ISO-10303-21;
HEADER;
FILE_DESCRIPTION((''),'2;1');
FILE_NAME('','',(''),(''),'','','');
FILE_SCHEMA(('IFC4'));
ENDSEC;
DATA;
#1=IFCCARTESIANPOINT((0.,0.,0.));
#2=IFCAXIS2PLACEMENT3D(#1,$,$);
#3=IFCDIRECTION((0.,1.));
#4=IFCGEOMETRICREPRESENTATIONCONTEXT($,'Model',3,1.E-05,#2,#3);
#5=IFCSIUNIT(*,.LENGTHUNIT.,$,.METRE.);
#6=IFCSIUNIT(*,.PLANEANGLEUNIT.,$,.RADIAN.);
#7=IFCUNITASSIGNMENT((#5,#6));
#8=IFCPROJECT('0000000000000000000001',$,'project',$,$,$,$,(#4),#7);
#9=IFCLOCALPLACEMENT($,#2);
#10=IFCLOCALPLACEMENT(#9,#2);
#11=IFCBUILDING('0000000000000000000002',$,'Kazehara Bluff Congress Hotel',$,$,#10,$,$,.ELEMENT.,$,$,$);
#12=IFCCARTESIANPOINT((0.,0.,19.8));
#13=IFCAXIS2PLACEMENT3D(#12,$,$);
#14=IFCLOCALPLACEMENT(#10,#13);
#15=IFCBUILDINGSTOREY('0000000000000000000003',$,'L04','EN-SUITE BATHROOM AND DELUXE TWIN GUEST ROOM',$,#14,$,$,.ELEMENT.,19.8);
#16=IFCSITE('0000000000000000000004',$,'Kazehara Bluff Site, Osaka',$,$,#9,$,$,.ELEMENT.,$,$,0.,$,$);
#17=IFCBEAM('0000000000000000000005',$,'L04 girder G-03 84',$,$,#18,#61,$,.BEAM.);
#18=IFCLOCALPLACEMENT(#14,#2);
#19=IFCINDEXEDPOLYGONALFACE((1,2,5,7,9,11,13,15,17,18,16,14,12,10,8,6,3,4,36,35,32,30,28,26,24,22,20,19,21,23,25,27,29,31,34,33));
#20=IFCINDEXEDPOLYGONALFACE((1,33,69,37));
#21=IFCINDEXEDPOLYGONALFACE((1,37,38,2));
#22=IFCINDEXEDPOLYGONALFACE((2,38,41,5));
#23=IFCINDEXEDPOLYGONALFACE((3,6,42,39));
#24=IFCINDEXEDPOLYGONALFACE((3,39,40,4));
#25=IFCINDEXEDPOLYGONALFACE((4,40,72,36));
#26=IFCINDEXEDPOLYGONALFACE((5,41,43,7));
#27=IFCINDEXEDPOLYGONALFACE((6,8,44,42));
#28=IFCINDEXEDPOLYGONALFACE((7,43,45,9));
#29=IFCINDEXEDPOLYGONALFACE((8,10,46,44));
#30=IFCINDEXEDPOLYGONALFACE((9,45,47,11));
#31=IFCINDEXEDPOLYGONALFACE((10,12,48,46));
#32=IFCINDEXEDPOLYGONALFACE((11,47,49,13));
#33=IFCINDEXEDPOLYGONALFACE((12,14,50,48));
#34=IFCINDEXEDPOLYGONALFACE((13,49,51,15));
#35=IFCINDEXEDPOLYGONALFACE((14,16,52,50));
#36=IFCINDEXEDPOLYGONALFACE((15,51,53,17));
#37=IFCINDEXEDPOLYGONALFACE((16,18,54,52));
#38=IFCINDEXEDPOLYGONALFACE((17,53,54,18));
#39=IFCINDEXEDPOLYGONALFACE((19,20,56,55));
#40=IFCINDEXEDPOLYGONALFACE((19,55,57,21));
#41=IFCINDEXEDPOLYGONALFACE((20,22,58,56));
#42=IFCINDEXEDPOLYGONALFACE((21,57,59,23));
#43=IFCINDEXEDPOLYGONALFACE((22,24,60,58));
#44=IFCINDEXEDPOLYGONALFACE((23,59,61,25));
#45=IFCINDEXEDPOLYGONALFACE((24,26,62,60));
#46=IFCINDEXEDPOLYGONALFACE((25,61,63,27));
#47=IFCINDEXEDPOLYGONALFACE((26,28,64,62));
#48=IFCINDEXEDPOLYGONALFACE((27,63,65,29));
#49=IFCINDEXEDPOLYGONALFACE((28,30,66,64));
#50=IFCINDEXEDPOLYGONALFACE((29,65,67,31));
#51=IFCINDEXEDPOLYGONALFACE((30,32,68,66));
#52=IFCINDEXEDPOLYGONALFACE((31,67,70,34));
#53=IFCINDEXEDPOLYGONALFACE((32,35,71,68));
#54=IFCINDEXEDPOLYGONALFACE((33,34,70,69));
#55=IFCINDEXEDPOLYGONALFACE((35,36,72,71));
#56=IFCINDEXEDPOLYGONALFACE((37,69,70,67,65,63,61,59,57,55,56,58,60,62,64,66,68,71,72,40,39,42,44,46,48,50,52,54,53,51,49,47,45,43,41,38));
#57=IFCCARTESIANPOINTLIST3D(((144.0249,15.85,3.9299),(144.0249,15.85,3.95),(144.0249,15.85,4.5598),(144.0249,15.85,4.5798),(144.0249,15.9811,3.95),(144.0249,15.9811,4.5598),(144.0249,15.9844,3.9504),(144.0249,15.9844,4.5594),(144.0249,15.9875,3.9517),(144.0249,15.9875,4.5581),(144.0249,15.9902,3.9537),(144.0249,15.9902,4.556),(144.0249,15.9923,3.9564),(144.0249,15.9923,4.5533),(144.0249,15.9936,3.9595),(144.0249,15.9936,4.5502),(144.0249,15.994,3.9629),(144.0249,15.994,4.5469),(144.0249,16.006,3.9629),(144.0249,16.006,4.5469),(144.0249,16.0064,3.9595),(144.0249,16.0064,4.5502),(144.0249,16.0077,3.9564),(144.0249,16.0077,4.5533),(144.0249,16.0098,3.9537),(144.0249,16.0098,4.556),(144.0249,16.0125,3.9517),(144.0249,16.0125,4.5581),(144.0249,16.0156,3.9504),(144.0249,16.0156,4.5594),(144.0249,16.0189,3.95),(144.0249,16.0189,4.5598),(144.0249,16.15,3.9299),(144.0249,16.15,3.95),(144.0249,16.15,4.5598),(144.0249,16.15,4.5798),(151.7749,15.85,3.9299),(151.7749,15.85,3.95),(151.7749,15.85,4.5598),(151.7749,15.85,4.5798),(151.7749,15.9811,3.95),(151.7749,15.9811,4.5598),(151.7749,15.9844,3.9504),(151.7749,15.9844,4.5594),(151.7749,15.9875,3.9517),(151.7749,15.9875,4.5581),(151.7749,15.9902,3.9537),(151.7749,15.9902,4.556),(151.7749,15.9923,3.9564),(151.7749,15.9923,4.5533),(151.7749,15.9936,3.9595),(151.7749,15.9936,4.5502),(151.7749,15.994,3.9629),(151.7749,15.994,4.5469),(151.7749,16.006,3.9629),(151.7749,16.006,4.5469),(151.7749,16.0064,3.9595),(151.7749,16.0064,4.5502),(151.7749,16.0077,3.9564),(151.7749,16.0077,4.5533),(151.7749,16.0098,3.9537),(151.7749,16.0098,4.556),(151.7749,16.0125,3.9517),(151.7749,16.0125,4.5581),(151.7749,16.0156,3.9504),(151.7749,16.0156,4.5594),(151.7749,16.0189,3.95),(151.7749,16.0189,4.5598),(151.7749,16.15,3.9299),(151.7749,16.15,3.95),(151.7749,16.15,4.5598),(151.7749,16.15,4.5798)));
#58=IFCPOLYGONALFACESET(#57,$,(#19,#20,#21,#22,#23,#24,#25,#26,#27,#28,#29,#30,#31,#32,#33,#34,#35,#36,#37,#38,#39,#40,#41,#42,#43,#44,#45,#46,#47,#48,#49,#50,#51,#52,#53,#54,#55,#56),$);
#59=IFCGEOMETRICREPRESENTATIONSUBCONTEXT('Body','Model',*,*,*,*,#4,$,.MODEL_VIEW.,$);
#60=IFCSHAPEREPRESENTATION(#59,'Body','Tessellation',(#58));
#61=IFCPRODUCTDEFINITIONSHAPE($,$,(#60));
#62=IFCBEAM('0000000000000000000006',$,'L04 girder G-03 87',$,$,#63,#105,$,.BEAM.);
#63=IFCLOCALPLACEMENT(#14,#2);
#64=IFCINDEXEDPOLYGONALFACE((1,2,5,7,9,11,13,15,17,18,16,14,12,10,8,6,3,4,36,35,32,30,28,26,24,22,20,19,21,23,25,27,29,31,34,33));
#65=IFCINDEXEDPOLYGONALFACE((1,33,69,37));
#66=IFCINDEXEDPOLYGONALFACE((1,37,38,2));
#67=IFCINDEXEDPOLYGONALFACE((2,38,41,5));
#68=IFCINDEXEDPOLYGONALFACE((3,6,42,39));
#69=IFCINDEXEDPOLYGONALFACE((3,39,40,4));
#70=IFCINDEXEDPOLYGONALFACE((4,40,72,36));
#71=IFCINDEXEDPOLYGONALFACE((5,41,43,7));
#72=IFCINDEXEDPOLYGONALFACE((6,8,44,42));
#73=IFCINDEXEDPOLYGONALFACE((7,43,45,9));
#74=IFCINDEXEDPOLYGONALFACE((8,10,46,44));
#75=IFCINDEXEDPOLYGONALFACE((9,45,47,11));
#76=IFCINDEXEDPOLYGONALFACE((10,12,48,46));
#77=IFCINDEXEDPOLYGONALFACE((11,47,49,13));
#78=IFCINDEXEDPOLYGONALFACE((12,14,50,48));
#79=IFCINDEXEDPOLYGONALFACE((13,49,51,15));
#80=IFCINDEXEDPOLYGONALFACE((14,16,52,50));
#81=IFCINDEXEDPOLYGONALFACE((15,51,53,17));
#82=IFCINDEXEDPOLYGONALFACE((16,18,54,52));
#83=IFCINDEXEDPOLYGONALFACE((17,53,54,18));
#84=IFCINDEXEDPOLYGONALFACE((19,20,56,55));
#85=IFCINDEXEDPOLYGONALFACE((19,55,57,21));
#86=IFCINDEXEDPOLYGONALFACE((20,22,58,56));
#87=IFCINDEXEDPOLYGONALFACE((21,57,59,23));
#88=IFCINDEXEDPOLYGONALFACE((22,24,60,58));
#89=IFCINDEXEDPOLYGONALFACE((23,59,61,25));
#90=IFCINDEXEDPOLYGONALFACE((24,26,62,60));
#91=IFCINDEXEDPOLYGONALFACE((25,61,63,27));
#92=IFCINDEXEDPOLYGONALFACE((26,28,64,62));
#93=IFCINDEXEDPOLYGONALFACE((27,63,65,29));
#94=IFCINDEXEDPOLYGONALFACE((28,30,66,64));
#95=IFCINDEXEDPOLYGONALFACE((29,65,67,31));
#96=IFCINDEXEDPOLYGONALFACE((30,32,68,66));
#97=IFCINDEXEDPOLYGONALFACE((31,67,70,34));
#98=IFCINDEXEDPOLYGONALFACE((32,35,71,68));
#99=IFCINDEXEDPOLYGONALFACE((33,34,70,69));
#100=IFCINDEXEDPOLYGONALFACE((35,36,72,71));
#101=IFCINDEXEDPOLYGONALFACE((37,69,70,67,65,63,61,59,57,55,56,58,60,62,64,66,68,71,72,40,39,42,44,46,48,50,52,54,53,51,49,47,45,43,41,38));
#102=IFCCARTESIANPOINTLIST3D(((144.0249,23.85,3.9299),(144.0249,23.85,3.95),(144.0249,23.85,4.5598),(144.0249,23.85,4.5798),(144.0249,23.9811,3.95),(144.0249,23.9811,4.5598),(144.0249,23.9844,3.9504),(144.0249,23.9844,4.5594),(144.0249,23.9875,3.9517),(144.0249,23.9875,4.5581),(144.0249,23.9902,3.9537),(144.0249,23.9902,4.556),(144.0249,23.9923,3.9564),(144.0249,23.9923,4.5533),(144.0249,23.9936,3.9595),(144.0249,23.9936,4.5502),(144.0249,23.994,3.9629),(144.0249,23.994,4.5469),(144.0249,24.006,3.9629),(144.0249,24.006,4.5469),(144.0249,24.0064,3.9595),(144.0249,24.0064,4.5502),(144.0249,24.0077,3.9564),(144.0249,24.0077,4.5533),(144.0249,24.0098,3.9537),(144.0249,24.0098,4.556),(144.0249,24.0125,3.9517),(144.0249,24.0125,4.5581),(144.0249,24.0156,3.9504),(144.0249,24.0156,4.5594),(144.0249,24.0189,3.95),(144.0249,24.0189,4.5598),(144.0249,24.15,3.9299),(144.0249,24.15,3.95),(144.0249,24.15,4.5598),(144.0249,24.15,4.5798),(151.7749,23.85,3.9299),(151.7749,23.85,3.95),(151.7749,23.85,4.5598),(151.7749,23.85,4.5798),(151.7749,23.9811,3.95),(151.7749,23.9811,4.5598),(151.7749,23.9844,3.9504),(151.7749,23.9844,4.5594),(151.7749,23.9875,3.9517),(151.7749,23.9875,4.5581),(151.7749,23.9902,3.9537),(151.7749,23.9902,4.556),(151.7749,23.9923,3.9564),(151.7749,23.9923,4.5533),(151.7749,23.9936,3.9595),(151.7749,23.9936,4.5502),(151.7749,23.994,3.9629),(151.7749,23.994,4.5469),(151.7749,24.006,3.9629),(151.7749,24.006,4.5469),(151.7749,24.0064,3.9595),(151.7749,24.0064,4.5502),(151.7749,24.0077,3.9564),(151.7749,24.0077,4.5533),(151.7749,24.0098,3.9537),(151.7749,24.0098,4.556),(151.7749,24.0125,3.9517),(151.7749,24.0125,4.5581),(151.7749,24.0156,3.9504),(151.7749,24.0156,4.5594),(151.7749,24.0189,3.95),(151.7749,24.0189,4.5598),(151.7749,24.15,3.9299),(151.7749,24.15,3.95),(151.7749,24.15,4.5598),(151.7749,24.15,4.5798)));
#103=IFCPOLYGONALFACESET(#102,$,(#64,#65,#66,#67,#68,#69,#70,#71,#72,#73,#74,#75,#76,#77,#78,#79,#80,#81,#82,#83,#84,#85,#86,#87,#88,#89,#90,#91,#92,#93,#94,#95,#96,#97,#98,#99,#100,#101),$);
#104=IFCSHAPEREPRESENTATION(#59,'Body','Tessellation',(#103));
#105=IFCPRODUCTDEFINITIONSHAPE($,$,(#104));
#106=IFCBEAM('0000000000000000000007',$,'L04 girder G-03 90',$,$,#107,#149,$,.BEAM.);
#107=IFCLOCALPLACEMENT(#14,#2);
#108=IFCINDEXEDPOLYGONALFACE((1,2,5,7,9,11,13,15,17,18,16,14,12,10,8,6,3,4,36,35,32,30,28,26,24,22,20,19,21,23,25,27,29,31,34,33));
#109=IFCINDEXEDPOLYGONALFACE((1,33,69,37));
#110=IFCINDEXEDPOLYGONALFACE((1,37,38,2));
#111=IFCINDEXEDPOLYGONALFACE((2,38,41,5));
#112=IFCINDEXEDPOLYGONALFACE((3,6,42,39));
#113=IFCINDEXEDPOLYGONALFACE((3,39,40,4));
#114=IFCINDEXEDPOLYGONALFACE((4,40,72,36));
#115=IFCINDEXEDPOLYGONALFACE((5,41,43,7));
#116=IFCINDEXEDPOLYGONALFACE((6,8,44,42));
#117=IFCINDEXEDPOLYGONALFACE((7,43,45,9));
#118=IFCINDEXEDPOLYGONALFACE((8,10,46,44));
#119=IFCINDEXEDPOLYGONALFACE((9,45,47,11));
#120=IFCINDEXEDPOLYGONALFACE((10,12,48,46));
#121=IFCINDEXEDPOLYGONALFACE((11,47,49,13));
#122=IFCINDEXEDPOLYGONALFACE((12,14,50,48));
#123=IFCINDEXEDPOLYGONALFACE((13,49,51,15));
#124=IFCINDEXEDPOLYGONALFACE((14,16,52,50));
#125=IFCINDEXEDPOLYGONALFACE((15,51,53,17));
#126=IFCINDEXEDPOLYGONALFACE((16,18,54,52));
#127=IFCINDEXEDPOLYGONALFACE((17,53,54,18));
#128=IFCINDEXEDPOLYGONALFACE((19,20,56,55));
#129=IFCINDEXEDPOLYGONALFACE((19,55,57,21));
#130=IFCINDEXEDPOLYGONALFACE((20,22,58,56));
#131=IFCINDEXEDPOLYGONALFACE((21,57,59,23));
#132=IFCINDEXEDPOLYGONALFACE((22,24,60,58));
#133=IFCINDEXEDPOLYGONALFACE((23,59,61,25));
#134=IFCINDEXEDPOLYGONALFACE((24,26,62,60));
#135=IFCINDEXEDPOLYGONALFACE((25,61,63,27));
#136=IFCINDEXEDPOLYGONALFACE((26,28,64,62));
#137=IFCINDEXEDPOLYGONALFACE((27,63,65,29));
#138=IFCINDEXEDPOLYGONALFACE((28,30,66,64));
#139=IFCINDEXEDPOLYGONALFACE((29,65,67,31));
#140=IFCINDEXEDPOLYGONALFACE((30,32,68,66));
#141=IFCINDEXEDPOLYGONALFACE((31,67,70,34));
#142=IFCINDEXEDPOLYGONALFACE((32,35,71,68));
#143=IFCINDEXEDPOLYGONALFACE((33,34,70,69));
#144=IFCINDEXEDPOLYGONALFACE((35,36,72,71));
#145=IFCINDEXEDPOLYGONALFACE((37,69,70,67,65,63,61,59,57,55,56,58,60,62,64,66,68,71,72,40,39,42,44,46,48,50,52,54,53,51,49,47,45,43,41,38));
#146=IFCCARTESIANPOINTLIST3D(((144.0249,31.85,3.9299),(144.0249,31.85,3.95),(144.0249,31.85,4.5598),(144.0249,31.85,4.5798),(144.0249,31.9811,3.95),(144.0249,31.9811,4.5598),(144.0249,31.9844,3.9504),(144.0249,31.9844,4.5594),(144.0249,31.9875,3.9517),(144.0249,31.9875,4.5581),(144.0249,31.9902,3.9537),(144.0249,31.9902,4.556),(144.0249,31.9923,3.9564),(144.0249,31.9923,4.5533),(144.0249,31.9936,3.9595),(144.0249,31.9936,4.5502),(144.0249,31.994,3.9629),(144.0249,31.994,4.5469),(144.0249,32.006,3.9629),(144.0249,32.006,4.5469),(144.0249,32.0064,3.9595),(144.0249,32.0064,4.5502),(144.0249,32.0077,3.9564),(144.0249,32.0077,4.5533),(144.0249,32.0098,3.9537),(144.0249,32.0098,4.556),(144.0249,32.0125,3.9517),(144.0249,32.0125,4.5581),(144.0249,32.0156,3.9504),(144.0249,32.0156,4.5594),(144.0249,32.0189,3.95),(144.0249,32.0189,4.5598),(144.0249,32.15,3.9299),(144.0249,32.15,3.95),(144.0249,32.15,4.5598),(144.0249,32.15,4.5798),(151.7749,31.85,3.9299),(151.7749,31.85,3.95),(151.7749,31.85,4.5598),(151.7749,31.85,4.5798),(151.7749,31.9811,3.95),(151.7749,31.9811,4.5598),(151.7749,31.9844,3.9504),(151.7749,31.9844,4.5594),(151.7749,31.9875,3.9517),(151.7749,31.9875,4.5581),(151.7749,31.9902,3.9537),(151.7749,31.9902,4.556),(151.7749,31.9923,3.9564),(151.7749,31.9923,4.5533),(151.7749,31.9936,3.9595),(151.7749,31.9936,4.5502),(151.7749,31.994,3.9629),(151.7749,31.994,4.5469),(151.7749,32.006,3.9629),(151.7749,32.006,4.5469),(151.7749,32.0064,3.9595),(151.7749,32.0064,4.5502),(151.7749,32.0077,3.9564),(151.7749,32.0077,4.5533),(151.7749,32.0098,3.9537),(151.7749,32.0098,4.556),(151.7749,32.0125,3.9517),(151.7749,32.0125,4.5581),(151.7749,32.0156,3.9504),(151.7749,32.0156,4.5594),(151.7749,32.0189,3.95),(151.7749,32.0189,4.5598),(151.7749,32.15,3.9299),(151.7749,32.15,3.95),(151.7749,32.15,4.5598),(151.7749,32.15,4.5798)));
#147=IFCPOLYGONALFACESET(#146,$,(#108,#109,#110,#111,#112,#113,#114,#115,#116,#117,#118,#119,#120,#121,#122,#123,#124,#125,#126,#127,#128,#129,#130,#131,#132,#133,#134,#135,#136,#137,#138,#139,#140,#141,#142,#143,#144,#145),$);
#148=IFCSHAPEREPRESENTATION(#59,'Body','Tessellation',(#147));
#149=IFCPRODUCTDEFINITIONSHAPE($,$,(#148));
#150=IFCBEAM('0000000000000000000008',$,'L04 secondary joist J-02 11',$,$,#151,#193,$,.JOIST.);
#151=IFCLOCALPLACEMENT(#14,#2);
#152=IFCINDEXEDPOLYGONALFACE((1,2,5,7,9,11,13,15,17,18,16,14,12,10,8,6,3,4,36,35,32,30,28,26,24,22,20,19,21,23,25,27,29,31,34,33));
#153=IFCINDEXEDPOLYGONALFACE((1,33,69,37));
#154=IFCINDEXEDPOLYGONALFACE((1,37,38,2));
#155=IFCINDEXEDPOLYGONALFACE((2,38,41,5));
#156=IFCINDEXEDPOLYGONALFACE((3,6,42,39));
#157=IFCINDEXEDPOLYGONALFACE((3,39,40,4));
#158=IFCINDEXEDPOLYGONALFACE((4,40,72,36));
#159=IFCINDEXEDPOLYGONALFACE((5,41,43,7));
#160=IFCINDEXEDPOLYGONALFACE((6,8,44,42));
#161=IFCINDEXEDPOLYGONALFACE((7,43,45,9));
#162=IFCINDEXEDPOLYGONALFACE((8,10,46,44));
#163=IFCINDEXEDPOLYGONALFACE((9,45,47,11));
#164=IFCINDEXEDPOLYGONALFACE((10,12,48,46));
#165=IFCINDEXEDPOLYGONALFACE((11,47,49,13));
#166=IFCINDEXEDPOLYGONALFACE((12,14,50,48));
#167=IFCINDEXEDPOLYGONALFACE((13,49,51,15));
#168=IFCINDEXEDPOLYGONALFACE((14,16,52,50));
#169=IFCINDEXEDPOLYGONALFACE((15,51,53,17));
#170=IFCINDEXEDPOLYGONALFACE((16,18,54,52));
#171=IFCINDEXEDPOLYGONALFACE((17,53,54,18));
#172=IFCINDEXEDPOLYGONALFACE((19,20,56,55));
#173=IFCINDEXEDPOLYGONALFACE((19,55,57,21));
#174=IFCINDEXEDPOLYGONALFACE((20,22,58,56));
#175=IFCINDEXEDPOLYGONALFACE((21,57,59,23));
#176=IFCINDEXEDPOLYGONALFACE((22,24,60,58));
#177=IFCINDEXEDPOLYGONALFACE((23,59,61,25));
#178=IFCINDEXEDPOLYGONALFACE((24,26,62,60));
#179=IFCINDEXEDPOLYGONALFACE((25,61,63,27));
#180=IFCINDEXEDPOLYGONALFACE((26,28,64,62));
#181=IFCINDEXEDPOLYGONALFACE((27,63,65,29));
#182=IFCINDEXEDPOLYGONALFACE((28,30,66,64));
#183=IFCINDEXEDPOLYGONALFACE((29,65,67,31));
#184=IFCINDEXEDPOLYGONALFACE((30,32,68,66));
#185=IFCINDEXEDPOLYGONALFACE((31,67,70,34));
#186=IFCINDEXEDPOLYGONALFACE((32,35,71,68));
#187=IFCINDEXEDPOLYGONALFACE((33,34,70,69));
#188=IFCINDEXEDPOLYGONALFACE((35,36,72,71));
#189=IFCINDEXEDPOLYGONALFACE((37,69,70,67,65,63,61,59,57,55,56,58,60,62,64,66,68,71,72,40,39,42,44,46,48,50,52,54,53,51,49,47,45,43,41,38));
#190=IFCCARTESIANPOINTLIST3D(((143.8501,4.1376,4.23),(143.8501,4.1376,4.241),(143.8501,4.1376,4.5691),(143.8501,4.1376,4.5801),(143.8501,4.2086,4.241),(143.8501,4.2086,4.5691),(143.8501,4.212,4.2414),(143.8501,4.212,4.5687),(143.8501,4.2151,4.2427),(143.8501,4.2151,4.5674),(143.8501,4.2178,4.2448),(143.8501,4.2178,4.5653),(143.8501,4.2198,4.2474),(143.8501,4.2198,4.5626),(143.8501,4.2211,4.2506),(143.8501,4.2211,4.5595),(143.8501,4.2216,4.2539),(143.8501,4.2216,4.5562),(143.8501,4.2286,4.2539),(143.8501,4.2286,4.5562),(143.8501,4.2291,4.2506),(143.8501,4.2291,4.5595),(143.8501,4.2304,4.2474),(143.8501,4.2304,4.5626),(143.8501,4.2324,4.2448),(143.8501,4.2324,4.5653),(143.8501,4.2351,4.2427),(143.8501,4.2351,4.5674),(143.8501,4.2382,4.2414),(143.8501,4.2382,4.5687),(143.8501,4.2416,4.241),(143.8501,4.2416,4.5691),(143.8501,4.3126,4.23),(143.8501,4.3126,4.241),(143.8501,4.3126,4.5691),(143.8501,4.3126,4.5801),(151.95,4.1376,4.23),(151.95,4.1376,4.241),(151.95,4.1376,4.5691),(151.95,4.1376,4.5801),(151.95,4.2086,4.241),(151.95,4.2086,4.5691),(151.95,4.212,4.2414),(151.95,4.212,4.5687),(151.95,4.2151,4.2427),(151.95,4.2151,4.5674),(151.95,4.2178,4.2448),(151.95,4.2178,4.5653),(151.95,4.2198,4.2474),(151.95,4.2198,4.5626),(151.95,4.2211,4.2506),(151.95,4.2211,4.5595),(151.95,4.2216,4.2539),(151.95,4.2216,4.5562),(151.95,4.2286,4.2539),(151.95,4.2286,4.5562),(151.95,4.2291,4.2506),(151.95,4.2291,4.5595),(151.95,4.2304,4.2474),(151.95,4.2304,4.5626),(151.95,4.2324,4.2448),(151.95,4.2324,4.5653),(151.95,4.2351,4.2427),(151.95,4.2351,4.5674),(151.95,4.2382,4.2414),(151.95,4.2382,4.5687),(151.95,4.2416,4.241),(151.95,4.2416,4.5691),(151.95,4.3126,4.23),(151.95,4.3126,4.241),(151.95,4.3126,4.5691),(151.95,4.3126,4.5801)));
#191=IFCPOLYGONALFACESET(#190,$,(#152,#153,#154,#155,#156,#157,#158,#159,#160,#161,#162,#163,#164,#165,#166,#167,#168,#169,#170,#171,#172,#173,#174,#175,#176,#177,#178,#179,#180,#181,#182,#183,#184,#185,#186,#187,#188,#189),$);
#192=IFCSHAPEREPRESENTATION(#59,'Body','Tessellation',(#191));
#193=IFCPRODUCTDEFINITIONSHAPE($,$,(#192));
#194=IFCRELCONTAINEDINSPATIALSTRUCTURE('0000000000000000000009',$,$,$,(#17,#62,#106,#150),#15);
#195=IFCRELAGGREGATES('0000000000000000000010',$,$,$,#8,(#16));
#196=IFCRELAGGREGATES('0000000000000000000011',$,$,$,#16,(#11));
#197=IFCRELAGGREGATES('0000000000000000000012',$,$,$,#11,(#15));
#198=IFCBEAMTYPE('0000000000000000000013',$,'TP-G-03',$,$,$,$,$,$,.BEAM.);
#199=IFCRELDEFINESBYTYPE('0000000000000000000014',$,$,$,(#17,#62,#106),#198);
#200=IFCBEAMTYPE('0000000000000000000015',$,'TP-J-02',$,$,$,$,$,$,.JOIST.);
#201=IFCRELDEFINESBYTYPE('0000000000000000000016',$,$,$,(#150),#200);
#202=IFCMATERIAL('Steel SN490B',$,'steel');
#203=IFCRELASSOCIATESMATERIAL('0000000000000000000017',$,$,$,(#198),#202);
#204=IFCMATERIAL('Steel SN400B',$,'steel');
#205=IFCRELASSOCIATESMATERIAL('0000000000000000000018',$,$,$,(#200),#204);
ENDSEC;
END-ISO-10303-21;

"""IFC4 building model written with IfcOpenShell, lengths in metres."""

from ifc_helpers import new_model, si_unit, direction, frame, origin, origin_2d, place, context, subcontext, project, spatial, i_section, extrude, material, material_profile, profile_set, type_object, element, save


model = new_model("IFC4")

# Units and contexts
model_context = context("Model", 3, precision=1e-05, world=origin(), true_north=direction((0.0, 1.0)))
body_context = subcontext(model_context, "Body", "Model", "MODEL_VIEW")
ifc_project = project(units=[si_unit("LENGTHUNIT", "METRE"), si_unit("PLANEANGLEUNIT", "RADIAN")], contexts=[model_context])

# Site, building, storey
site_placement = place(None, origin())
site = spatial("IfcSite", under=ifc_project, at=site_placement, Name="Kazehara Bluff Site, Osaka", CompositionType="ELEMENT", RefElevation=0.0)
building_placement = place(site_placement, origin())
building = spatial("IfcBuilding", under=site, at=building_placement, Name="Kazehara Bluff Congress Hotel", CompositionType="ELEMENT")
storey_placement = place(building_placement, frame((0.0, 0.0, 19.8)))
storey = spatial("IfcBuildingStorey", under=building, at=storey_placement, Name="L04", Description="EN-SUITE BATHROOM AND DELUXE TWIN GUEST ROOM", CompositionType="ELEMENT", Elevation=19.8)

# Beams
ifc_material_1 = material(Name="Steel SN490B", Category="steel")
ifc_material_profile_1 = material_profile(ifc_material_1, i_section(OverallWidth=0.3, OverallDepth=0.6499, WebThickness=0.012, FlangeThickness=0.02, FilletRadius=0.0129, at=origin_2d()))
ifc_profile_set_1 = profile_set([ifc_material_profile_1], Name="Steel SN490B")
beam_type_1 = type_object("IfcBeamType", Name="TP-G-03", PredefinedType="BEAM", material=ifc_profile_set_1)
for number, where, z_axis, x_axis, name in (
    (1, (144.0249, 16.0, 4.2549), (1.0, 0.0, 0.0), (0.0, 1.0, 0.0), "L04 girder G-03 84"),
    (2, (144.0249, 24.0, 4.2549), (1.0, 0.0, 0.0), (0.0, 1.0, 0.0), "L04 girder G-03 87"),
    (3, (144.0249, 32.0, 4.2549), (1.0, 0.0, 0.0), (0.0, 1.0, 0.0), "L04 girder G-03 90"),
):
    element("IfcBeam", number, at=place(storey_placement, frame(where, z_axis=z_axis, x_axis=x_axis)), inside=storey, type_object=beam_type_1, Name=name, PredefinedType="BEAM", context=body_context, shape_type="SweptSolid", body=[
        extrude(i_section(OverallWidth=0.3, OverallDepth=0.6499, WebThickness=0.012, FlangeThickness=0.02, FilletRadius=0.0129, at=origin_2d()), origin(), (0.0, 0.0, 1.0), 7.75),
    ])
ifc_material_2 = material(Name="Steel SN400B", Category="steel")
ifc_material_profile_2 = material_profile(ifc_material_2, i_section(OverallWidth=0.175, OverallDepth=0.3501, WebThickness=0.0071, FlangeThickness=0.011, FilletRadius=0.0129, at=origin_2d()))
ifc_profile_set_2 = profile_set([ifc_material_profile_2], Name="Steel SN400B")
beam_type_2 = type_object("IfcBeamType", Name="TP-J-02", PredefinedType="JOIST", material=ifc_profile_set_2)
for number, where, z_axis, x_axis, name in (
    (4, (143.8501, 4.2251, 4.405), (1.0, 0.0, 0.0), (0.0, 1.0, 0.0), "L04 secondary joist J-02 11"),
):
    element("IfcBeam", number, at=place(storey_placement, frame(where, z_axis=z_axis, x_axis=x_axis)), inside=storey, type_object=beam_type_2, Name=name, PredefinedType="JOIST", context=body_context, shape_type="SweptSolid", body=[
        extrude(i_section(OverallWidth=0.175, OverallDepth=0.3501, WebThickness=0.0071, FlangeThickness=0.011, FilletRadius=0.0129, at=origin_2d()), origin(), (0.0, 0.0, 1.0), 8.0999),
    ])

save(model, "model.ifc")
